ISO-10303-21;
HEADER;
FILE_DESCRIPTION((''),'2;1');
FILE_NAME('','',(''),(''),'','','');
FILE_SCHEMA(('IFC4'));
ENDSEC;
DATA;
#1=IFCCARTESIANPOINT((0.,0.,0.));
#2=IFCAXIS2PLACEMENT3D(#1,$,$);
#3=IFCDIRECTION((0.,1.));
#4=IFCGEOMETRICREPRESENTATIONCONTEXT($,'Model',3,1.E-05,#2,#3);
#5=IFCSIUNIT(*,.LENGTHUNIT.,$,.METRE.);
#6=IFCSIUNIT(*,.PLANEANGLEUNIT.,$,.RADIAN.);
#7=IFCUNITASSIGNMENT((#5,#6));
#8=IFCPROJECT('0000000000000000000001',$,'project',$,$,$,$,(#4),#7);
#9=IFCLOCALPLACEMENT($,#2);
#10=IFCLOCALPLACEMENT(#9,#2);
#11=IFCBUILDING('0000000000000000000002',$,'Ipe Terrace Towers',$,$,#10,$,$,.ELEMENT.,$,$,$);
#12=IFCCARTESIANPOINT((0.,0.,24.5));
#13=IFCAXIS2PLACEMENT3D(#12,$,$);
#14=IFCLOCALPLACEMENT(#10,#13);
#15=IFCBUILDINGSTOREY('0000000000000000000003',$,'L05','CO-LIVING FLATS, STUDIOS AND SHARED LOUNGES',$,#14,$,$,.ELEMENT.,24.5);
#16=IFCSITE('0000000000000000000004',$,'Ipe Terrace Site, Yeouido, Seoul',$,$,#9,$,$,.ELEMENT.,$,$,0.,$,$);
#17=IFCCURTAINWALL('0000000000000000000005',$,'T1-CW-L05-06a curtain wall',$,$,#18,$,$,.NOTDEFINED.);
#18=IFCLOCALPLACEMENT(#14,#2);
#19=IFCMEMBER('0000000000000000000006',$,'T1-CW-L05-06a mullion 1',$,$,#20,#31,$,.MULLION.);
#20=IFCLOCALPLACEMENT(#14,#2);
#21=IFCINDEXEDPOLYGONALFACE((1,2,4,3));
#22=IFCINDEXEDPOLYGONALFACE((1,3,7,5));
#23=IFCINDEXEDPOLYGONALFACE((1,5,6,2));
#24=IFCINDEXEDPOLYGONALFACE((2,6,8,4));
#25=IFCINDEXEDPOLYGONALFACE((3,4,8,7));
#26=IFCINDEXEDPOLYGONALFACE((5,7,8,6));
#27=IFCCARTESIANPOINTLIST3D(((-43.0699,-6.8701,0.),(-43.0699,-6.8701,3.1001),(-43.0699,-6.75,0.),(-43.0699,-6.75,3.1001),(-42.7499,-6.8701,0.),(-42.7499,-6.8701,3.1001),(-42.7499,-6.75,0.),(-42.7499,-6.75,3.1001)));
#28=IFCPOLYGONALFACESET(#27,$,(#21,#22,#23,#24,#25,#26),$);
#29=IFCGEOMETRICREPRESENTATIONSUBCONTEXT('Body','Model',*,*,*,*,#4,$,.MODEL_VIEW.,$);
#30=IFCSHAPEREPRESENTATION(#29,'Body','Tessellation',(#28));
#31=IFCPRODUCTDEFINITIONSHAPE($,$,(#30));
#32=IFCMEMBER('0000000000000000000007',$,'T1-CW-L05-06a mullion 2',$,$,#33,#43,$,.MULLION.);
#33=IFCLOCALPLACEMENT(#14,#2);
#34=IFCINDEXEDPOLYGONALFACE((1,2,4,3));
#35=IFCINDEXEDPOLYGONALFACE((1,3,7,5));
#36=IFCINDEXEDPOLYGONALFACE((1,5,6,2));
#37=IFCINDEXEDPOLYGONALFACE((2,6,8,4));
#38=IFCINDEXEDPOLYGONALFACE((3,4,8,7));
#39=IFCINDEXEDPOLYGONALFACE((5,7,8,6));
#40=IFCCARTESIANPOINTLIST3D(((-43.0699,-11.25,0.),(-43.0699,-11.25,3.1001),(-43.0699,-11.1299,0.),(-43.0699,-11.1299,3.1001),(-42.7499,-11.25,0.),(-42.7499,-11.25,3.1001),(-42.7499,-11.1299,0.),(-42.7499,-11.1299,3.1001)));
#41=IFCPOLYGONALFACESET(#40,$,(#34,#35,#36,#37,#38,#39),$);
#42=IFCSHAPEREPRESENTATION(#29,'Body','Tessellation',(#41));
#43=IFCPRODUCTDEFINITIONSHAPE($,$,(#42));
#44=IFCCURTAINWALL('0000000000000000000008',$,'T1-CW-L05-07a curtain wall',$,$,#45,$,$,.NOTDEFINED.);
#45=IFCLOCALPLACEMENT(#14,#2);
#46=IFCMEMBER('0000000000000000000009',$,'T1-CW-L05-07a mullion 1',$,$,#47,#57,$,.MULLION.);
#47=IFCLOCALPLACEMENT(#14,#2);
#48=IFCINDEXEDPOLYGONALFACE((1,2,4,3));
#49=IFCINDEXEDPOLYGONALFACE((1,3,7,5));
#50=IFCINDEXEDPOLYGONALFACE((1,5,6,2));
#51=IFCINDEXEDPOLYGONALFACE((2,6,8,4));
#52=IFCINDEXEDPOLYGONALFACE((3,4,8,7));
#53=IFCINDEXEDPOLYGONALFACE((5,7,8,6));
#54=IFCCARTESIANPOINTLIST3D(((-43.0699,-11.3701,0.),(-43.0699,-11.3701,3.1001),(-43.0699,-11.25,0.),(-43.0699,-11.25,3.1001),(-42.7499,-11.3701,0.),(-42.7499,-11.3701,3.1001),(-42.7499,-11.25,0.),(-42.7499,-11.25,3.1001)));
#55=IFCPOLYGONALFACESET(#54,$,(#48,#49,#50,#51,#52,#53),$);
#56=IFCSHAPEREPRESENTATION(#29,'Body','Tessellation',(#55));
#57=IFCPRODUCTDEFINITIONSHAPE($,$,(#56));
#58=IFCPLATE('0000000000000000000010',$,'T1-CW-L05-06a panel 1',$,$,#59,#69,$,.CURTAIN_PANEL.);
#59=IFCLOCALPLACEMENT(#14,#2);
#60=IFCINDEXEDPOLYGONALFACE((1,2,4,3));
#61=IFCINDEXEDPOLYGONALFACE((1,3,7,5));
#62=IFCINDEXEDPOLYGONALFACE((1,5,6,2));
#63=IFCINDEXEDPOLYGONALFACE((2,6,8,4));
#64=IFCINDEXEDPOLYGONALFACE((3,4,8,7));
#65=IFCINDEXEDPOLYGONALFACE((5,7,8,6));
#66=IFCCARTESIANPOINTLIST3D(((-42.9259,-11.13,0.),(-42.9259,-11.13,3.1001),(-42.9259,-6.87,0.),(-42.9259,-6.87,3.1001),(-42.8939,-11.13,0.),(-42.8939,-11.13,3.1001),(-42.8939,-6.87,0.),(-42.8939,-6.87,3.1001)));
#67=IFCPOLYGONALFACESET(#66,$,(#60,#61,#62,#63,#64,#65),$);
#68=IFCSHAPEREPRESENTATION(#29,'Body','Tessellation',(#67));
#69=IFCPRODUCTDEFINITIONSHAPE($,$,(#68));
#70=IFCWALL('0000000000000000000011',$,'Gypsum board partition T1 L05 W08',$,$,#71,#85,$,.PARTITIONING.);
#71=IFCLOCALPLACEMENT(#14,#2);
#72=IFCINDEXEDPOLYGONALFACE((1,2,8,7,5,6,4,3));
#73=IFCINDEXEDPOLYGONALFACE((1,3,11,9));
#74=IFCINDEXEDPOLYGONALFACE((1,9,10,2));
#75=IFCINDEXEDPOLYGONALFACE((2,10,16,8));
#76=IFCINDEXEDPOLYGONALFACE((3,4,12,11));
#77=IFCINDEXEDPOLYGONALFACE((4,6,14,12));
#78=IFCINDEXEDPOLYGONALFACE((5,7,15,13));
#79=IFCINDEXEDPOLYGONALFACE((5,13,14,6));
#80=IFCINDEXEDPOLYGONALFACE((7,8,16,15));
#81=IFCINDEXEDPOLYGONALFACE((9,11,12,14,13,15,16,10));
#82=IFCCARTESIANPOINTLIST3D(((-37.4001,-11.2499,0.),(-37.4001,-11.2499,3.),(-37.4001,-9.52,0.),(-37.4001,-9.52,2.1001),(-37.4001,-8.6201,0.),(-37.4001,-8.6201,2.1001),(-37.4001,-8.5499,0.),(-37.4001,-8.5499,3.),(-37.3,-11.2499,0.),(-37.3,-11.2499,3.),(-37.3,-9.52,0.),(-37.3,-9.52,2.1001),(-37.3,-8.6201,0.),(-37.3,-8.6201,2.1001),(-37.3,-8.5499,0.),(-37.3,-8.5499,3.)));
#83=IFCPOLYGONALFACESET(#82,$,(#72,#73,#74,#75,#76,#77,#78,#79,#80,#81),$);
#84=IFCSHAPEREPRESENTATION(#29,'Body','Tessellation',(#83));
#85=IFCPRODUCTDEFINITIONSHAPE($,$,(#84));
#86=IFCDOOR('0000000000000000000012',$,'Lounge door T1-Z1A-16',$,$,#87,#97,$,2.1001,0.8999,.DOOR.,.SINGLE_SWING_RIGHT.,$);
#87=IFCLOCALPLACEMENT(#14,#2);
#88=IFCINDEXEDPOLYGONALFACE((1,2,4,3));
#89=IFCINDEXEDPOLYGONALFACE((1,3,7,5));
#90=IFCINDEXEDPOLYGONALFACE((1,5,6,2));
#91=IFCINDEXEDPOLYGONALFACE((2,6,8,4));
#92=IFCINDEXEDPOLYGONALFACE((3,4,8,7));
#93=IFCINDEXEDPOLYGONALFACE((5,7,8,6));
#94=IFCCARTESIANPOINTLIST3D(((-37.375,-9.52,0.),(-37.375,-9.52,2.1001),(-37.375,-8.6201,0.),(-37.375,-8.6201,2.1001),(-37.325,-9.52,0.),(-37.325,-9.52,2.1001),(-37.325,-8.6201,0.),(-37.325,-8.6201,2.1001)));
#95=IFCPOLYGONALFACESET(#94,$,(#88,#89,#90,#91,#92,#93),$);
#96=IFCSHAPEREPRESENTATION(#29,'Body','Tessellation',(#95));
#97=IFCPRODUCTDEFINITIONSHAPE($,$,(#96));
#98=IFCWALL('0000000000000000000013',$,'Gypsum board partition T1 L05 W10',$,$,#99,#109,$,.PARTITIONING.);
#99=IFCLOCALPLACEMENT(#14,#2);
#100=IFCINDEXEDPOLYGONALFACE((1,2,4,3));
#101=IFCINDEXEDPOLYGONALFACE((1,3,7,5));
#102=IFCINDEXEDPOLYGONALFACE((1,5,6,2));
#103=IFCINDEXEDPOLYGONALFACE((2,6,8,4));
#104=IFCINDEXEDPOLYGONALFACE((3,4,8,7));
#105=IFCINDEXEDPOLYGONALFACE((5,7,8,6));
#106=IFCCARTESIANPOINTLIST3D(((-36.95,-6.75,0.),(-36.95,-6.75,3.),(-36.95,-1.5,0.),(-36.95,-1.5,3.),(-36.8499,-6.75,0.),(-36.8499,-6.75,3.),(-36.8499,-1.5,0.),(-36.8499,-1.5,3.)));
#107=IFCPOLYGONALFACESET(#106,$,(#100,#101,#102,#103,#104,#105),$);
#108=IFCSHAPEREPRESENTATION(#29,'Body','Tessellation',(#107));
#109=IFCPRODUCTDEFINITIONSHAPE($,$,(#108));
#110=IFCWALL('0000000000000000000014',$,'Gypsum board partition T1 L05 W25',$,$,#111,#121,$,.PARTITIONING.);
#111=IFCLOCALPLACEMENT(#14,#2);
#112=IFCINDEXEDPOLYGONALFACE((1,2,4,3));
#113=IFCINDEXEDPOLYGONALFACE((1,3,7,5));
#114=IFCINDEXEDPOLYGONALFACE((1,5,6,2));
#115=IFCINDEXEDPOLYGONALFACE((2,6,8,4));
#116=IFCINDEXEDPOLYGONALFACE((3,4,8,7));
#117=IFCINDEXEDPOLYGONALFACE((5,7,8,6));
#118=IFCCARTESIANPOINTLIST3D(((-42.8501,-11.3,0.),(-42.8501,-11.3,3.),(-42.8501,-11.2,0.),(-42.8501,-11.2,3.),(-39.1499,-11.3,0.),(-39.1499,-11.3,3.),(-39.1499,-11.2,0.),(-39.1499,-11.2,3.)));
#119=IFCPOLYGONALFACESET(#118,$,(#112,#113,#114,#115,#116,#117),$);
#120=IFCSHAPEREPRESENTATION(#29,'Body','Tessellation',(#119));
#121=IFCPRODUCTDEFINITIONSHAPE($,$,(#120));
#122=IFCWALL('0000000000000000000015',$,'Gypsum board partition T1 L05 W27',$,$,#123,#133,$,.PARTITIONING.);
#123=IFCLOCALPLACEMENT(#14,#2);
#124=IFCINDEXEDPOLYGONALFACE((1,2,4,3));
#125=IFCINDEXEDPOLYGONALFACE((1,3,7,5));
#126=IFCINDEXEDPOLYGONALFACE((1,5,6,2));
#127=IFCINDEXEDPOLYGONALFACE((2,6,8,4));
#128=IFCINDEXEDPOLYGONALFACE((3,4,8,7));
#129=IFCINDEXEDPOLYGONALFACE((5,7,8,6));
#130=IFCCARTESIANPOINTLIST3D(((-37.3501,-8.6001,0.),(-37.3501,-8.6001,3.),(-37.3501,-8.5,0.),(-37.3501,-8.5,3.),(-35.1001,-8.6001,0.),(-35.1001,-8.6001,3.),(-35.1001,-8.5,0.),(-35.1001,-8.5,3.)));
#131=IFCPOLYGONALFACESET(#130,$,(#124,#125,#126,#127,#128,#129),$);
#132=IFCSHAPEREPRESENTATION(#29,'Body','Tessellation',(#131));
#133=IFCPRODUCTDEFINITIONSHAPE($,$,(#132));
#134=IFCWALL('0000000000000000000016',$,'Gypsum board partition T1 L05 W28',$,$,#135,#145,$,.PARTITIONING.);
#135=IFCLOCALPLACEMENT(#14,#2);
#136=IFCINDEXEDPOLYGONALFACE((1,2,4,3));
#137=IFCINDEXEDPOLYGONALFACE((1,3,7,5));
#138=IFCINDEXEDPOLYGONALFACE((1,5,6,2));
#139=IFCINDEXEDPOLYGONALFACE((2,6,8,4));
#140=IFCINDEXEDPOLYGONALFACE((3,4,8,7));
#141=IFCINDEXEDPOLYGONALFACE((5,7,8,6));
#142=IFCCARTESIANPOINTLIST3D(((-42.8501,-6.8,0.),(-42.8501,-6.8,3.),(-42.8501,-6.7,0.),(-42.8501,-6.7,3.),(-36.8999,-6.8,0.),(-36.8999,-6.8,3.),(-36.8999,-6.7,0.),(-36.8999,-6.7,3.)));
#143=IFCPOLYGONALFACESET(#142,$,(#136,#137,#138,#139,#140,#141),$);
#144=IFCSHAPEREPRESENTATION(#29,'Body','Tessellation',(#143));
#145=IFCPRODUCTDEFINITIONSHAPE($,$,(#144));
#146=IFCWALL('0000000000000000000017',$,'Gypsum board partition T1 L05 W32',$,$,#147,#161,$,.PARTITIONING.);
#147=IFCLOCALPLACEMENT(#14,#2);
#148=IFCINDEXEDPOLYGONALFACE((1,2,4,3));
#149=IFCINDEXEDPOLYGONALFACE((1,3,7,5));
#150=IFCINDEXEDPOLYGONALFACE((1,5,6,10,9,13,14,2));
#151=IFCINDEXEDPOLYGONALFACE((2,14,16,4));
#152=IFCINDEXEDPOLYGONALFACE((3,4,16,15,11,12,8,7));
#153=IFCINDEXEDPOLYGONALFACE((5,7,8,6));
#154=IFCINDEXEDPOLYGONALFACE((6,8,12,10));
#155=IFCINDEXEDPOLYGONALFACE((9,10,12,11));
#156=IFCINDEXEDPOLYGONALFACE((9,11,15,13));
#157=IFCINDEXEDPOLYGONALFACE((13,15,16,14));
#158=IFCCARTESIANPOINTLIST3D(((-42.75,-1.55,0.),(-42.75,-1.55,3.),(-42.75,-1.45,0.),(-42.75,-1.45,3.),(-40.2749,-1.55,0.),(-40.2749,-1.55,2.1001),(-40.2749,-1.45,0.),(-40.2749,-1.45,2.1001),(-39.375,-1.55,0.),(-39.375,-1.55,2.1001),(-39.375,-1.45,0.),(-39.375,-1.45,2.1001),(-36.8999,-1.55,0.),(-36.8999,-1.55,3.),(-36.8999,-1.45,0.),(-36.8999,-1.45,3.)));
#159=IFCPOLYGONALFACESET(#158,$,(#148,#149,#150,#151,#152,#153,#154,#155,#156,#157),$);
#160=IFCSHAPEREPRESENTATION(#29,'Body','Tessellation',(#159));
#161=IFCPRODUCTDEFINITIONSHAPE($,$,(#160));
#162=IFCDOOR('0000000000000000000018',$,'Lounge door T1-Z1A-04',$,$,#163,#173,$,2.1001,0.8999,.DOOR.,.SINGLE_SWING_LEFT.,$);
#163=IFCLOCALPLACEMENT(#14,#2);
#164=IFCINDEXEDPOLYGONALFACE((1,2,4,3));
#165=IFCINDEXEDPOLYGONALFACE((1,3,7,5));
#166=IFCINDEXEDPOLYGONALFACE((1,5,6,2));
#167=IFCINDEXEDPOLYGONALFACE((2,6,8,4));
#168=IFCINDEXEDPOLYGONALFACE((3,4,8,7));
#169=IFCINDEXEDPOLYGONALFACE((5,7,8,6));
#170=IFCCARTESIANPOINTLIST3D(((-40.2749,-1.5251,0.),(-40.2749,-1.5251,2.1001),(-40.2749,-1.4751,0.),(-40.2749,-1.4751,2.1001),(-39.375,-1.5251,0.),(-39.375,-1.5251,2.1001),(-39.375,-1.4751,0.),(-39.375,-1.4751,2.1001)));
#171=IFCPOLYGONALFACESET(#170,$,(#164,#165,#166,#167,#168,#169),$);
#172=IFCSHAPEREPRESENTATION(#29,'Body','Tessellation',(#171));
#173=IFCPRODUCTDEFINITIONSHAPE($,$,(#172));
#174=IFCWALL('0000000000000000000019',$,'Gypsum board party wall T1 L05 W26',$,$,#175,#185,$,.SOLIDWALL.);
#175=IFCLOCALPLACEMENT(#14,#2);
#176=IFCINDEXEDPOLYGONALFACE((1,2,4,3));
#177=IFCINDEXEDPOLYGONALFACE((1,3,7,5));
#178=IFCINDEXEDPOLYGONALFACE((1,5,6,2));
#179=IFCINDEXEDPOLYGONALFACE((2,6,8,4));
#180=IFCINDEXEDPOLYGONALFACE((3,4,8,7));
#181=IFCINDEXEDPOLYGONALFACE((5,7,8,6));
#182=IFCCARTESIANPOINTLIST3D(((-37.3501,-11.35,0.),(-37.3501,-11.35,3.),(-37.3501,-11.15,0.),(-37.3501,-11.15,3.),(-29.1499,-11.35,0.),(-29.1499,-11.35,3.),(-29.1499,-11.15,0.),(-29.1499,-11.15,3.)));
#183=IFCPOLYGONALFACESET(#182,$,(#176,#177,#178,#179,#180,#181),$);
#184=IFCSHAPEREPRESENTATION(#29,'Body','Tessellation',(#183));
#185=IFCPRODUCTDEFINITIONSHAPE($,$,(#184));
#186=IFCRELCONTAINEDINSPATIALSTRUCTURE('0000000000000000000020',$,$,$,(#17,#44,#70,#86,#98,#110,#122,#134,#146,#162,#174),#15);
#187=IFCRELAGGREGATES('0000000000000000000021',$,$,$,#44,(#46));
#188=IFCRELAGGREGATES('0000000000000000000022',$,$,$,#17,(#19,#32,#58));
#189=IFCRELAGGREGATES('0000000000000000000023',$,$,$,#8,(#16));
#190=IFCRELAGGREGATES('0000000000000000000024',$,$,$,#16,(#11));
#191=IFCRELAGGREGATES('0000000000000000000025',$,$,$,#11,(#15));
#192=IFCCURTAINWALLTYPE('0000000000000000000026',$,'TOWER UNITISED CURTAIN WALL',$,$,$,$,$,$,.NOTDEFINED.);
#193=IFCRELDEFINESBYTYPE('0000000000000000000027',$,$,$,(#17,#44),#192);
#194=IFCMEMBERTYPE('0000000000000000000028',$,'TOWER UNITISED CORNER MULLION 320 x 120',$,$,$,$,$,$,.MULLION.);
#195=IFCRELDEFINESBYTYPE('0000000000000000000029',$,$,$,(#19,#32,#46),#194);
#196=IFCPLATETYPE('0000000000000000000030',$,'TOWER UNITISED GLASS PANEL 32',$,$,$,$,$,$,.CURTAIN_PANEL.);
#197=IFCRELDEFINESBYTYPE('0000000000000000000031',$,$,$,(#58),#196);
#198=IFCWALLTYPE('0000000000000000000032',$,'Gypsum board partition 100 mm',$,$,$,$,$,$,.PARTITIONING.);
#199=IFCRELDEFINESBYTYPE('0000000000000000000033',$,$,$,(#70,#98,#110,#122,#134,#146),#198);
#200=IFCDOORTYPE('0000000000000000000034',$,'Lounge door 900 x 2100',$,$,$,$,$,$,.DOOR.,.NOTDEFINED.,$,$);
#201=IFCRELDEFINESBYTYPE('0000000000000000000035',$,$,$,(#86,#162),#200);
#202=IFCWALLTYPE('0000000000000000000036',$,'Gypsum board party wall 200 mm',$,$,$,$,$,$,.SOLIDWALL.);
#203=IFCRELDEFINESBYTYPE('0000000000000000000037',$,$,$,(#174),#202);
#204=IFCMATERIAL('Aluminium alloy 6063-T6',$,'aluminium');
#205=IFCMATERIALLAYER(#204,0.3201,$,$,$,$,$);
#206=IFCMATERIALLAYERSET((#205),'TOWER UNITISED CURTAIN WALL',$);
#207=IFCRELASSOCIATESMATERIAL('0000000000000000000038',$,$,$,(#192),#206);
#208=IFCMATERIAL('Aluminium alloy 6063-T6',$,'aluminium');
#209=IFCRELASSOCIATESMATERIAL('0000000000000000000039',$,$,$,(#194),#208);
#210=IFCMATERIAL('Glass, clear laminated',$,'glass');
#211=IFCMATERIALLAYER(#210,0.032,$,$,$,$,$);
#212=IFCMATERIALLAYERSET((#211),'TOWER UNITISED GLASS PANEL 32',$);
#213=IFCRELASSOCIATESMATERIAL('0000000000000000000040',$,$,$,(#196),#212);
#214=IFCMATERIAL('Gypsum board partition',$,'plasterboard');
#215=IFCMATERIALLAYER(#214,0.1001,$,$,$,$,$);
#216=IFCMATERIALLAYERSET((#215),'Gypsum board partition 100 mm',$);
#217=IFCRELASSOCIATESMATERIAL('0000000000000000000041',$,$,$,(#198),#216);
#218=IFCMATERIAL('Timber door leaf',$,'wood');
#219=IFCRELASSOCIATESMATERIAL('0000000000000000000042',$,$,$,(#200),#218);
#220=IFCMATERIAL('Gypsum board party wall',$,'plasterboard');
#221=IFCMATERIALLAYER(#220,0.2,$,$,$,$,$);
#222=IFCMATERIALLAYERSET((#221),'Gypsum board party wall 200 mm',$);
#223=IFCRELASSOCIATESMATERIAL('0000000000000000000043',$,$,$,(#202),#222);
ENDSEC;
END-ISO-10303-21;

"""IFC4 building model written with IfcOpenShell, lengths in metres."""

from ifc_helpers import new_model, si_unit, direction, frame, frame_2d, origin, origin_2d, place, context, subcontext, project, spatial, rectangle, extrude, material, layer, layer_set, material_profile, profile_set, type_object, element, fill, aggregate, save


model = new_model("IFC4")

# Units and contexts
model_context = context("Model", 3, precision=1e-05, world=origin(), true_north=direction((0.0, 1.0)))
body_context = subcontext(model_context, "Body", "Model", "MODEL_VIEW")
ifc_project = project(units=[si_unit("LENGTHUNIT", "METRE"), si_unit("PLANEANGLEUNIT", "RADIAN")], contexts=[model_context])

# Site, building, storey
site_placement = place(None, origin())
site = spatial("IfcSite", under=ifc_project, at=site_placement, Name="Ipe Terrace Site, Yeouido, Seoul", CompositionType="ELEMENT", RefElevation=0.0)
building_placement = place(site_placement, origin())
building = spatial("IfcBuilding", under=site, at=building_placement, Name="Ipe Terrace Towers", CompositionType="ELEMENT")
storey_placement = place(building_placement, frame((0.0, 0.0, 24.5)))
storey = spatial("IfcBuildingStorey", under=building, at=storey_placement, Name="L05", Description="CO-LIVING FLATS, STUDIOS AND SHARED LOUNGES", CompositionType="ELEMENT", Elevation=24.5)

# Curtain wall, members
ifc_material_1 = material(Name="Aluminium alloy 6063-T6", Category="aluminium")
ifc_layer_1 = layer(ifc_material_1, 0.3201)
ifc_layer_set_1 = layer_set([ifc_layer_1], Name="TOWER UNITISED CURTAIN WALL")
curtain_wall_type = type_object("IfcCurtainWallType", Name="TOWER UNITISED CURTAIN WALL", PredefinedType="NOTDEFINED", material=ifc_layer_set_1)
curtain_wall_1_placement = place(storey_placement, origin())
curtain_wall_1 = element("IfcCurtainWall", 1, at=curtain_wall_1_placement, inside=storey, type_object=curtain_wall_type, Name="T1-CW-L05-06a curtain wall", PredefinedType="NOTDEFINED")
ifc_material_2 = material(Name="Aluminium alloy 6063-T6", Category="aluminium")
ifc_material_profile_1 = material_profile(ifc_material_2, rectangle(XDim=0.3201, YDim=0.1201, at=origin_2d()), Name="TOWER UNITISED CORNER MULLION 320 x 120")
ifc_profile_set_1 = profile_set([ifc_material_profile_1], Name="Aluminium alloy 6063-T6")
member_type_1 = type_object("IfcMemberType", Name="TOWER UNITISED CORNER MULLION 320 x 120", PredefinedType="MULLION", material=ifc_profile_set_1)
member_1_placement = place(storey_placement, frame((-42.9099, -6.8101, 0.0), z_axis=(0.0, 0.0, 1.0), x_axis=(-1.0, 0.0, 0.0)))
member_1 = element("IfcMember", 2, at=member_1_placement, type_object=member_type_1, Name="T1-CW-L05-06a mullion 1", PredefinedType="MULLION", context=body_context, shape_type="SweptSolid", body=[
    extrude(rectangle(XDim=0.3201, YDim=0.1201, at=origin_2d()), origin(), (0.0, 0.0, 1.0), 3.1001),
])
member_2_placement = place(storey_placement, frame((-42.9099, -11.1899, 0.0), z_axis=(0.0, 0.0, 1.0), x_axis=(-1.0, 0.0, 0.0)))
member_2 = element("IfcMember", 3, at=member_2_placement, type_object=member_type_1, Name="T1-CW-L05-06a mullion 2", PredefinedType="MULLION", context=body_context, shape_type="SweptSolid", body=[
    extrude(rectangle(XDim=0.3201, YDim=0.1201, at=origin_2d()), origin(), (0.0, 0.0, 1.0), 3.1001),
])

# Curtain wall, member
curtain_wall_2_placement = place(storey_placement, origin())
curtain_wall_2 = element("IfcCurtainWall", 4, at=curtain_wall_2_placement, inside=storey, type_object=curtain_wall_type, Name="T1-CW-L05-07a curtain wall", PredefinedType="NOTDEFINED")
member_3_placement = place(storey_placement, frame((-42.9099, -11.3101, 0.0), z_axis=(0.0, 0.0, 1.0), x_axis=(-1.0, 0.0, 0.0)))
member_3 = element("IfcMember", 5, at=member_3_placement, type_object=member_type_1, Name="T1-CW-L05-07a mullion 1", PredefinedType="MULLION", context=body_context, shape_type="SweptSolid", body=[
    extrude(rectangle(XDim=0.3201, YDim=0.1201, at=origin_2d()), origin(), (0.0, 0.0, 1.0), 3.1001),
])
aggregate(curtain_wall_2, [member_3])

# Plate
ifc_material_3 = material(Name="Glass, clear laminated", Category="glass")
ifc_layer_2 = layer(ifc_material_3, 0.032)
ifc_layer_set_2 = layer_set([ifc_layer_2], Name="TOWER UNITISED GLASS PANEL 32")
plate_type = type_object("IfcPlateType", Name="TOWER UNITISED GLASS PANEL 32", PredefinedType="CURTAIN_PANEL", material=ifc_layer_set_2)
plate_placement = place(storey_placement, frame((-42.9099, -9.0, 0.0), z_axis=(0.0, 0.0, 1.0), x_axis=(0.0, -1.0, 0.0)))
plate = element("IfcPlate", 6, at=plate_placement, type_object=plate_type, Name="T1-CW-L05-06a panel 1", PredefinedType="CURTAIN_PANEL", context=body_context, shape_type="SweptSolid", body=[
    extrude(rectangle(XDim=4.26, YDim=0.032, at=origin_2d()), origin(), (0.0, 0.0, 1.0), 3.1001),
])
aggregate(curtain_wall_1, [member_1, member_2, plate])

# Wall, opening, door
ifc_material_4 = material(Name="Gypsum board partition", Category="plasterboard")
ifc_layer_3 = layer(ifc_material_4, 0.1001)
ifc_layer_set_3 = layer_set([ifc_layer_3], Name="Gypsum board partition 100 mm")
wall_type_1 = type_object("IfcWallType", Name="Gypsum board partition 100 mm", PredefinedType="PARTITIONING", material=ifc_layer_set_3)
wall_1_placement = place(storey_placement, frame((-37.3501, -11.25, 0.0), z_axis=(0.0, 0.0, 1.0), x_axis=(0.0, 1.0, 0.0)))
wall_1 = element("IfcWall", 7, at=wall_1_placement, inside=storey, type_object=wall_type_1, Name="Gypsum board partition T1 L05 W08", PredefinedType="PARTITIONING", context=body_context, shape_type="SweptSolid", body=[
    extrude(rectangle(XDim=2.7, YDim=0.1001, at=frame_2d((1.3501, 0.0))), origin(), (0.0, 0.0, 1.0), 3.0),
])
opening_1_placement = place(wall_1_placement, frame((1.73, 0.0, 0.0)))
opening_1 = element("IfcOpeningElement", 8, at=opening_1_placement, cuts=wall_1, PredefinedType="OPENING", context=body_context, shape_type="SweptSolid", body=[
    extrude(rectangle(XDim=0.8999, YDim=2.1001, at=frame_2d((0.45, 1.05))), frame((0.0, 0.0601, 0.0), z_axis=(0.0, -1.0, 0.0), x_axis=(1.0, 0.0, 0.0)), (0.0, 0.0, 1.0), 0.1201),
])
ifc_material_5 = material(Name="Timber door leaf", Category="wood")
door_type_1 = type_object("IfcDoorType", Name="Lounge door 900 x 2100", OperationType="NOTDEFINED", PredefinedType="DOOR", material=ifc_material_5)
door_1_placement = place(opening_1_placement, origin())
door_1 = element("IfcDoor", 9, at=door_1_placement, inside=storey, type_object=door_type_1, Name="Lounge door T1-Z1A-16", OperationType="SINGLE_SWING_RIGHT", OverallHeight=2.1001, OverallWidth=0.8999, PredefinedType="DOOR", context=body_context, shape_type="SweptSolid", body=[
    extrude(rectangle(XDim=0.8999, YDim=2.1001, at=frame_2d((0.45, 1.05))), frame((0.0, 0.0249, 0.0), z_axis=(0.0, -1.0, 0.0), x_axis=(1.0, 0.0, 0.0)), (0.0, 0.0, 1.0), 0.05),
])
fill(opening_1, door_1)

# Walls
wall_2_placement = place(storey_placement, frame((-36.8999, -6.75, 0.0), z_axis=(0.0, 0.0, 1.0), x_axis=(0.0, 1.0, 0.0)))
element("IfcWall", 10, at=wall_2_placement, inside=storey, type_object=wall_type_1, Name="Gypsum board partition T1 L05 W10", PredefinedType="PARTITIONING", context=body_context, shape_type="SweptSolid", body=[
    extrude(rectangle(XDim=5.25, YDim=0.1001, at=frame_2d((2.625, 0.0))), origin(), (0.0, 0.0, 1.0), 3.0),
])
wall_3_placement = place(storey_placement, frame((-42.8501, -11.25, 0.0), z_axis=(0.0, 0.0, 1.0), x_axis=(1.0, 0.0, 0.0)))
element("IfcWall", 11, at=wall_3_placement, inside=storey, type_object=wall_type_1, Name="Gypsum board partition T1 L05 W25", PredefinedType="PARTITIONING", context=body_context, shape_type="SweptSolid", body=[
    extrude(rectangle(XDim=3.7002, YDim=0.1001, at=frame_2d((1.8501, 0.0))), origin(), (0.0, 0.0, 1.0), 3.0),
])
wall_4_placement = place(storey_placement, frame((-37.3501, -8.55, 0.0), z_axis=(0.0, 0.0, 1.0), x_axis=(1.0, 0.0, 0.0)))
element("IfcWall", 12, at=wall_4_placement, inside=storey, type_object=wall_type_1, Name="Gypsum board partition T1 L05 W27", PredefinedType="PARTITIONING", context=body_context, shape_type="SweptSolid", body=[
    extrude(rectangle(XDim=2.25, YDim=0.1001, at=frame_2d((1.125, 0.0))), origin(), (0.0, 0.0, 1.0), 3.0),
])
wall_5_placement = place(storey_placement, frame((-42.8501, -6.75, 0.0), z_axis=(0.0, 0.0, 1.0), x_axis=(1.0, 0.0, 0.0)))
element("IfcWall", 13, at=wall_5_placement, inside=storey, type_object=wall_type_1, Name="Gypsum board partition T1 L05 W28", PredefinedType="PARTITIONING", context=body_context, shape_type="SweptSolid", body=[
    extrude(rectangle(XDim=5.9502, YDim=0.1001, at=frame_2d((2.9751, 0.0))), origin(), (0.0, 0.0, 1.0), 3.0),
])

# Wall, opening, door
wall_6_placement = place(storey_placement, frame((-42.75, -1.5, 0.0), z_axis=(0.0, 0.0, 1.0), x_axis=(1.0, 0.0, 0.0)))
wall_6 = element("IfcWall", 14, at=wall_6_placement, inside=storey, type_object=wall_type_1, Name="Gypsum board partition T1 L05 W32", PredefinedType="PARTITIONING", context=body_context, shape_type="SweptSolid", body=[
    extrude(rectangle(XDim=5.8501, YDim=0.1001, at=frame_2d((2.925, 0.0))), origin(), (0.0, 0.0, 1.0), 3.0),
])
opening_2_placement = place(wall_6_placement, frame((2.4751, 0.0, 0.0)))
opening_2 = element("IfcOpeningElement", 15, at=opening_2_placement, cuts=wall_6, PredefinedType="OPENING", context=body_context, shape_type="SweptSolid", body=[
    extrude(rectangle(XDim=0.8999, YDim=2.1001, at=frame_2d((0.45, 1.05))), frame((0.0, 0.0601, 0.0), z_axis=(0.0, -1.0, 0.0), x_axis=(1.0, 0.0, 0.0)), (0.0, 0.0, 1.0), 0.1201),
])
door_2_placement = place(opening_2_placement, origin())
door_2 = element("IfcDoor", 16, at=door_2_placement, inside=storey, type_object=door_type_1, Name="Lounge door T1-Z1A-04", OperationType="SINGLE_SWING_LEFT", OverallHeight=2.1001, OverallWidth=0.8999, PredefinedType="DOOR", context=body_context, shape_type="SweptSolid", body=[
    extrude(rectangle(XDim=0.8999, YDim=2.1001, at=frame_2d((0.45, 1.05))), frame((0.0, 0.0249, 0.0), z_axis=(0.0, -1.0, 0.0), x_axis=(1.0, 0.0, 0.0)), (0.0, 0.0, 1.0), 0.05),
])
fill(opening_2, door_2)

# Wall
ifc_material_6 = material(Name="Gypsum board party wall", Category="plasterboard")
ifc_layer_4 = layer(ifc_material_6, 0.2)
ifc_layer_set_4 = layer_set([ifc_layer_4], Name="Gypsum board party wall 200 mm")
wall_type_2 = type_object("IfcWallType", Name="Gypsum board party wall 200 mm", PredefinedType="SOLIDWALL", material=ifc_layer_set_4)
wall_7_placement = place(storey_placement, frame((-37.3501, -11.25, 0.0), z_axis=(0.0, 0.0, 1.0), x_axis=(1.0, 0.0, 0.0)))
element("IfcWall", 17, at=wall_7_placement, inside=storey, type_object=wall_type_2, Name="Gypsum board party wall T1 L05 W26", PredefinedType="SOLIDWALL", context=body_context, shape_type="SweptSolid", body=[
    extrude(rectangle(XDim=8.2002, YDim=0.2, at=frame_2d((4.1001, 0.0))), origin(), (0.0, 0.0, 1.0), 3.0),
])

save(model, "model.ifc")
